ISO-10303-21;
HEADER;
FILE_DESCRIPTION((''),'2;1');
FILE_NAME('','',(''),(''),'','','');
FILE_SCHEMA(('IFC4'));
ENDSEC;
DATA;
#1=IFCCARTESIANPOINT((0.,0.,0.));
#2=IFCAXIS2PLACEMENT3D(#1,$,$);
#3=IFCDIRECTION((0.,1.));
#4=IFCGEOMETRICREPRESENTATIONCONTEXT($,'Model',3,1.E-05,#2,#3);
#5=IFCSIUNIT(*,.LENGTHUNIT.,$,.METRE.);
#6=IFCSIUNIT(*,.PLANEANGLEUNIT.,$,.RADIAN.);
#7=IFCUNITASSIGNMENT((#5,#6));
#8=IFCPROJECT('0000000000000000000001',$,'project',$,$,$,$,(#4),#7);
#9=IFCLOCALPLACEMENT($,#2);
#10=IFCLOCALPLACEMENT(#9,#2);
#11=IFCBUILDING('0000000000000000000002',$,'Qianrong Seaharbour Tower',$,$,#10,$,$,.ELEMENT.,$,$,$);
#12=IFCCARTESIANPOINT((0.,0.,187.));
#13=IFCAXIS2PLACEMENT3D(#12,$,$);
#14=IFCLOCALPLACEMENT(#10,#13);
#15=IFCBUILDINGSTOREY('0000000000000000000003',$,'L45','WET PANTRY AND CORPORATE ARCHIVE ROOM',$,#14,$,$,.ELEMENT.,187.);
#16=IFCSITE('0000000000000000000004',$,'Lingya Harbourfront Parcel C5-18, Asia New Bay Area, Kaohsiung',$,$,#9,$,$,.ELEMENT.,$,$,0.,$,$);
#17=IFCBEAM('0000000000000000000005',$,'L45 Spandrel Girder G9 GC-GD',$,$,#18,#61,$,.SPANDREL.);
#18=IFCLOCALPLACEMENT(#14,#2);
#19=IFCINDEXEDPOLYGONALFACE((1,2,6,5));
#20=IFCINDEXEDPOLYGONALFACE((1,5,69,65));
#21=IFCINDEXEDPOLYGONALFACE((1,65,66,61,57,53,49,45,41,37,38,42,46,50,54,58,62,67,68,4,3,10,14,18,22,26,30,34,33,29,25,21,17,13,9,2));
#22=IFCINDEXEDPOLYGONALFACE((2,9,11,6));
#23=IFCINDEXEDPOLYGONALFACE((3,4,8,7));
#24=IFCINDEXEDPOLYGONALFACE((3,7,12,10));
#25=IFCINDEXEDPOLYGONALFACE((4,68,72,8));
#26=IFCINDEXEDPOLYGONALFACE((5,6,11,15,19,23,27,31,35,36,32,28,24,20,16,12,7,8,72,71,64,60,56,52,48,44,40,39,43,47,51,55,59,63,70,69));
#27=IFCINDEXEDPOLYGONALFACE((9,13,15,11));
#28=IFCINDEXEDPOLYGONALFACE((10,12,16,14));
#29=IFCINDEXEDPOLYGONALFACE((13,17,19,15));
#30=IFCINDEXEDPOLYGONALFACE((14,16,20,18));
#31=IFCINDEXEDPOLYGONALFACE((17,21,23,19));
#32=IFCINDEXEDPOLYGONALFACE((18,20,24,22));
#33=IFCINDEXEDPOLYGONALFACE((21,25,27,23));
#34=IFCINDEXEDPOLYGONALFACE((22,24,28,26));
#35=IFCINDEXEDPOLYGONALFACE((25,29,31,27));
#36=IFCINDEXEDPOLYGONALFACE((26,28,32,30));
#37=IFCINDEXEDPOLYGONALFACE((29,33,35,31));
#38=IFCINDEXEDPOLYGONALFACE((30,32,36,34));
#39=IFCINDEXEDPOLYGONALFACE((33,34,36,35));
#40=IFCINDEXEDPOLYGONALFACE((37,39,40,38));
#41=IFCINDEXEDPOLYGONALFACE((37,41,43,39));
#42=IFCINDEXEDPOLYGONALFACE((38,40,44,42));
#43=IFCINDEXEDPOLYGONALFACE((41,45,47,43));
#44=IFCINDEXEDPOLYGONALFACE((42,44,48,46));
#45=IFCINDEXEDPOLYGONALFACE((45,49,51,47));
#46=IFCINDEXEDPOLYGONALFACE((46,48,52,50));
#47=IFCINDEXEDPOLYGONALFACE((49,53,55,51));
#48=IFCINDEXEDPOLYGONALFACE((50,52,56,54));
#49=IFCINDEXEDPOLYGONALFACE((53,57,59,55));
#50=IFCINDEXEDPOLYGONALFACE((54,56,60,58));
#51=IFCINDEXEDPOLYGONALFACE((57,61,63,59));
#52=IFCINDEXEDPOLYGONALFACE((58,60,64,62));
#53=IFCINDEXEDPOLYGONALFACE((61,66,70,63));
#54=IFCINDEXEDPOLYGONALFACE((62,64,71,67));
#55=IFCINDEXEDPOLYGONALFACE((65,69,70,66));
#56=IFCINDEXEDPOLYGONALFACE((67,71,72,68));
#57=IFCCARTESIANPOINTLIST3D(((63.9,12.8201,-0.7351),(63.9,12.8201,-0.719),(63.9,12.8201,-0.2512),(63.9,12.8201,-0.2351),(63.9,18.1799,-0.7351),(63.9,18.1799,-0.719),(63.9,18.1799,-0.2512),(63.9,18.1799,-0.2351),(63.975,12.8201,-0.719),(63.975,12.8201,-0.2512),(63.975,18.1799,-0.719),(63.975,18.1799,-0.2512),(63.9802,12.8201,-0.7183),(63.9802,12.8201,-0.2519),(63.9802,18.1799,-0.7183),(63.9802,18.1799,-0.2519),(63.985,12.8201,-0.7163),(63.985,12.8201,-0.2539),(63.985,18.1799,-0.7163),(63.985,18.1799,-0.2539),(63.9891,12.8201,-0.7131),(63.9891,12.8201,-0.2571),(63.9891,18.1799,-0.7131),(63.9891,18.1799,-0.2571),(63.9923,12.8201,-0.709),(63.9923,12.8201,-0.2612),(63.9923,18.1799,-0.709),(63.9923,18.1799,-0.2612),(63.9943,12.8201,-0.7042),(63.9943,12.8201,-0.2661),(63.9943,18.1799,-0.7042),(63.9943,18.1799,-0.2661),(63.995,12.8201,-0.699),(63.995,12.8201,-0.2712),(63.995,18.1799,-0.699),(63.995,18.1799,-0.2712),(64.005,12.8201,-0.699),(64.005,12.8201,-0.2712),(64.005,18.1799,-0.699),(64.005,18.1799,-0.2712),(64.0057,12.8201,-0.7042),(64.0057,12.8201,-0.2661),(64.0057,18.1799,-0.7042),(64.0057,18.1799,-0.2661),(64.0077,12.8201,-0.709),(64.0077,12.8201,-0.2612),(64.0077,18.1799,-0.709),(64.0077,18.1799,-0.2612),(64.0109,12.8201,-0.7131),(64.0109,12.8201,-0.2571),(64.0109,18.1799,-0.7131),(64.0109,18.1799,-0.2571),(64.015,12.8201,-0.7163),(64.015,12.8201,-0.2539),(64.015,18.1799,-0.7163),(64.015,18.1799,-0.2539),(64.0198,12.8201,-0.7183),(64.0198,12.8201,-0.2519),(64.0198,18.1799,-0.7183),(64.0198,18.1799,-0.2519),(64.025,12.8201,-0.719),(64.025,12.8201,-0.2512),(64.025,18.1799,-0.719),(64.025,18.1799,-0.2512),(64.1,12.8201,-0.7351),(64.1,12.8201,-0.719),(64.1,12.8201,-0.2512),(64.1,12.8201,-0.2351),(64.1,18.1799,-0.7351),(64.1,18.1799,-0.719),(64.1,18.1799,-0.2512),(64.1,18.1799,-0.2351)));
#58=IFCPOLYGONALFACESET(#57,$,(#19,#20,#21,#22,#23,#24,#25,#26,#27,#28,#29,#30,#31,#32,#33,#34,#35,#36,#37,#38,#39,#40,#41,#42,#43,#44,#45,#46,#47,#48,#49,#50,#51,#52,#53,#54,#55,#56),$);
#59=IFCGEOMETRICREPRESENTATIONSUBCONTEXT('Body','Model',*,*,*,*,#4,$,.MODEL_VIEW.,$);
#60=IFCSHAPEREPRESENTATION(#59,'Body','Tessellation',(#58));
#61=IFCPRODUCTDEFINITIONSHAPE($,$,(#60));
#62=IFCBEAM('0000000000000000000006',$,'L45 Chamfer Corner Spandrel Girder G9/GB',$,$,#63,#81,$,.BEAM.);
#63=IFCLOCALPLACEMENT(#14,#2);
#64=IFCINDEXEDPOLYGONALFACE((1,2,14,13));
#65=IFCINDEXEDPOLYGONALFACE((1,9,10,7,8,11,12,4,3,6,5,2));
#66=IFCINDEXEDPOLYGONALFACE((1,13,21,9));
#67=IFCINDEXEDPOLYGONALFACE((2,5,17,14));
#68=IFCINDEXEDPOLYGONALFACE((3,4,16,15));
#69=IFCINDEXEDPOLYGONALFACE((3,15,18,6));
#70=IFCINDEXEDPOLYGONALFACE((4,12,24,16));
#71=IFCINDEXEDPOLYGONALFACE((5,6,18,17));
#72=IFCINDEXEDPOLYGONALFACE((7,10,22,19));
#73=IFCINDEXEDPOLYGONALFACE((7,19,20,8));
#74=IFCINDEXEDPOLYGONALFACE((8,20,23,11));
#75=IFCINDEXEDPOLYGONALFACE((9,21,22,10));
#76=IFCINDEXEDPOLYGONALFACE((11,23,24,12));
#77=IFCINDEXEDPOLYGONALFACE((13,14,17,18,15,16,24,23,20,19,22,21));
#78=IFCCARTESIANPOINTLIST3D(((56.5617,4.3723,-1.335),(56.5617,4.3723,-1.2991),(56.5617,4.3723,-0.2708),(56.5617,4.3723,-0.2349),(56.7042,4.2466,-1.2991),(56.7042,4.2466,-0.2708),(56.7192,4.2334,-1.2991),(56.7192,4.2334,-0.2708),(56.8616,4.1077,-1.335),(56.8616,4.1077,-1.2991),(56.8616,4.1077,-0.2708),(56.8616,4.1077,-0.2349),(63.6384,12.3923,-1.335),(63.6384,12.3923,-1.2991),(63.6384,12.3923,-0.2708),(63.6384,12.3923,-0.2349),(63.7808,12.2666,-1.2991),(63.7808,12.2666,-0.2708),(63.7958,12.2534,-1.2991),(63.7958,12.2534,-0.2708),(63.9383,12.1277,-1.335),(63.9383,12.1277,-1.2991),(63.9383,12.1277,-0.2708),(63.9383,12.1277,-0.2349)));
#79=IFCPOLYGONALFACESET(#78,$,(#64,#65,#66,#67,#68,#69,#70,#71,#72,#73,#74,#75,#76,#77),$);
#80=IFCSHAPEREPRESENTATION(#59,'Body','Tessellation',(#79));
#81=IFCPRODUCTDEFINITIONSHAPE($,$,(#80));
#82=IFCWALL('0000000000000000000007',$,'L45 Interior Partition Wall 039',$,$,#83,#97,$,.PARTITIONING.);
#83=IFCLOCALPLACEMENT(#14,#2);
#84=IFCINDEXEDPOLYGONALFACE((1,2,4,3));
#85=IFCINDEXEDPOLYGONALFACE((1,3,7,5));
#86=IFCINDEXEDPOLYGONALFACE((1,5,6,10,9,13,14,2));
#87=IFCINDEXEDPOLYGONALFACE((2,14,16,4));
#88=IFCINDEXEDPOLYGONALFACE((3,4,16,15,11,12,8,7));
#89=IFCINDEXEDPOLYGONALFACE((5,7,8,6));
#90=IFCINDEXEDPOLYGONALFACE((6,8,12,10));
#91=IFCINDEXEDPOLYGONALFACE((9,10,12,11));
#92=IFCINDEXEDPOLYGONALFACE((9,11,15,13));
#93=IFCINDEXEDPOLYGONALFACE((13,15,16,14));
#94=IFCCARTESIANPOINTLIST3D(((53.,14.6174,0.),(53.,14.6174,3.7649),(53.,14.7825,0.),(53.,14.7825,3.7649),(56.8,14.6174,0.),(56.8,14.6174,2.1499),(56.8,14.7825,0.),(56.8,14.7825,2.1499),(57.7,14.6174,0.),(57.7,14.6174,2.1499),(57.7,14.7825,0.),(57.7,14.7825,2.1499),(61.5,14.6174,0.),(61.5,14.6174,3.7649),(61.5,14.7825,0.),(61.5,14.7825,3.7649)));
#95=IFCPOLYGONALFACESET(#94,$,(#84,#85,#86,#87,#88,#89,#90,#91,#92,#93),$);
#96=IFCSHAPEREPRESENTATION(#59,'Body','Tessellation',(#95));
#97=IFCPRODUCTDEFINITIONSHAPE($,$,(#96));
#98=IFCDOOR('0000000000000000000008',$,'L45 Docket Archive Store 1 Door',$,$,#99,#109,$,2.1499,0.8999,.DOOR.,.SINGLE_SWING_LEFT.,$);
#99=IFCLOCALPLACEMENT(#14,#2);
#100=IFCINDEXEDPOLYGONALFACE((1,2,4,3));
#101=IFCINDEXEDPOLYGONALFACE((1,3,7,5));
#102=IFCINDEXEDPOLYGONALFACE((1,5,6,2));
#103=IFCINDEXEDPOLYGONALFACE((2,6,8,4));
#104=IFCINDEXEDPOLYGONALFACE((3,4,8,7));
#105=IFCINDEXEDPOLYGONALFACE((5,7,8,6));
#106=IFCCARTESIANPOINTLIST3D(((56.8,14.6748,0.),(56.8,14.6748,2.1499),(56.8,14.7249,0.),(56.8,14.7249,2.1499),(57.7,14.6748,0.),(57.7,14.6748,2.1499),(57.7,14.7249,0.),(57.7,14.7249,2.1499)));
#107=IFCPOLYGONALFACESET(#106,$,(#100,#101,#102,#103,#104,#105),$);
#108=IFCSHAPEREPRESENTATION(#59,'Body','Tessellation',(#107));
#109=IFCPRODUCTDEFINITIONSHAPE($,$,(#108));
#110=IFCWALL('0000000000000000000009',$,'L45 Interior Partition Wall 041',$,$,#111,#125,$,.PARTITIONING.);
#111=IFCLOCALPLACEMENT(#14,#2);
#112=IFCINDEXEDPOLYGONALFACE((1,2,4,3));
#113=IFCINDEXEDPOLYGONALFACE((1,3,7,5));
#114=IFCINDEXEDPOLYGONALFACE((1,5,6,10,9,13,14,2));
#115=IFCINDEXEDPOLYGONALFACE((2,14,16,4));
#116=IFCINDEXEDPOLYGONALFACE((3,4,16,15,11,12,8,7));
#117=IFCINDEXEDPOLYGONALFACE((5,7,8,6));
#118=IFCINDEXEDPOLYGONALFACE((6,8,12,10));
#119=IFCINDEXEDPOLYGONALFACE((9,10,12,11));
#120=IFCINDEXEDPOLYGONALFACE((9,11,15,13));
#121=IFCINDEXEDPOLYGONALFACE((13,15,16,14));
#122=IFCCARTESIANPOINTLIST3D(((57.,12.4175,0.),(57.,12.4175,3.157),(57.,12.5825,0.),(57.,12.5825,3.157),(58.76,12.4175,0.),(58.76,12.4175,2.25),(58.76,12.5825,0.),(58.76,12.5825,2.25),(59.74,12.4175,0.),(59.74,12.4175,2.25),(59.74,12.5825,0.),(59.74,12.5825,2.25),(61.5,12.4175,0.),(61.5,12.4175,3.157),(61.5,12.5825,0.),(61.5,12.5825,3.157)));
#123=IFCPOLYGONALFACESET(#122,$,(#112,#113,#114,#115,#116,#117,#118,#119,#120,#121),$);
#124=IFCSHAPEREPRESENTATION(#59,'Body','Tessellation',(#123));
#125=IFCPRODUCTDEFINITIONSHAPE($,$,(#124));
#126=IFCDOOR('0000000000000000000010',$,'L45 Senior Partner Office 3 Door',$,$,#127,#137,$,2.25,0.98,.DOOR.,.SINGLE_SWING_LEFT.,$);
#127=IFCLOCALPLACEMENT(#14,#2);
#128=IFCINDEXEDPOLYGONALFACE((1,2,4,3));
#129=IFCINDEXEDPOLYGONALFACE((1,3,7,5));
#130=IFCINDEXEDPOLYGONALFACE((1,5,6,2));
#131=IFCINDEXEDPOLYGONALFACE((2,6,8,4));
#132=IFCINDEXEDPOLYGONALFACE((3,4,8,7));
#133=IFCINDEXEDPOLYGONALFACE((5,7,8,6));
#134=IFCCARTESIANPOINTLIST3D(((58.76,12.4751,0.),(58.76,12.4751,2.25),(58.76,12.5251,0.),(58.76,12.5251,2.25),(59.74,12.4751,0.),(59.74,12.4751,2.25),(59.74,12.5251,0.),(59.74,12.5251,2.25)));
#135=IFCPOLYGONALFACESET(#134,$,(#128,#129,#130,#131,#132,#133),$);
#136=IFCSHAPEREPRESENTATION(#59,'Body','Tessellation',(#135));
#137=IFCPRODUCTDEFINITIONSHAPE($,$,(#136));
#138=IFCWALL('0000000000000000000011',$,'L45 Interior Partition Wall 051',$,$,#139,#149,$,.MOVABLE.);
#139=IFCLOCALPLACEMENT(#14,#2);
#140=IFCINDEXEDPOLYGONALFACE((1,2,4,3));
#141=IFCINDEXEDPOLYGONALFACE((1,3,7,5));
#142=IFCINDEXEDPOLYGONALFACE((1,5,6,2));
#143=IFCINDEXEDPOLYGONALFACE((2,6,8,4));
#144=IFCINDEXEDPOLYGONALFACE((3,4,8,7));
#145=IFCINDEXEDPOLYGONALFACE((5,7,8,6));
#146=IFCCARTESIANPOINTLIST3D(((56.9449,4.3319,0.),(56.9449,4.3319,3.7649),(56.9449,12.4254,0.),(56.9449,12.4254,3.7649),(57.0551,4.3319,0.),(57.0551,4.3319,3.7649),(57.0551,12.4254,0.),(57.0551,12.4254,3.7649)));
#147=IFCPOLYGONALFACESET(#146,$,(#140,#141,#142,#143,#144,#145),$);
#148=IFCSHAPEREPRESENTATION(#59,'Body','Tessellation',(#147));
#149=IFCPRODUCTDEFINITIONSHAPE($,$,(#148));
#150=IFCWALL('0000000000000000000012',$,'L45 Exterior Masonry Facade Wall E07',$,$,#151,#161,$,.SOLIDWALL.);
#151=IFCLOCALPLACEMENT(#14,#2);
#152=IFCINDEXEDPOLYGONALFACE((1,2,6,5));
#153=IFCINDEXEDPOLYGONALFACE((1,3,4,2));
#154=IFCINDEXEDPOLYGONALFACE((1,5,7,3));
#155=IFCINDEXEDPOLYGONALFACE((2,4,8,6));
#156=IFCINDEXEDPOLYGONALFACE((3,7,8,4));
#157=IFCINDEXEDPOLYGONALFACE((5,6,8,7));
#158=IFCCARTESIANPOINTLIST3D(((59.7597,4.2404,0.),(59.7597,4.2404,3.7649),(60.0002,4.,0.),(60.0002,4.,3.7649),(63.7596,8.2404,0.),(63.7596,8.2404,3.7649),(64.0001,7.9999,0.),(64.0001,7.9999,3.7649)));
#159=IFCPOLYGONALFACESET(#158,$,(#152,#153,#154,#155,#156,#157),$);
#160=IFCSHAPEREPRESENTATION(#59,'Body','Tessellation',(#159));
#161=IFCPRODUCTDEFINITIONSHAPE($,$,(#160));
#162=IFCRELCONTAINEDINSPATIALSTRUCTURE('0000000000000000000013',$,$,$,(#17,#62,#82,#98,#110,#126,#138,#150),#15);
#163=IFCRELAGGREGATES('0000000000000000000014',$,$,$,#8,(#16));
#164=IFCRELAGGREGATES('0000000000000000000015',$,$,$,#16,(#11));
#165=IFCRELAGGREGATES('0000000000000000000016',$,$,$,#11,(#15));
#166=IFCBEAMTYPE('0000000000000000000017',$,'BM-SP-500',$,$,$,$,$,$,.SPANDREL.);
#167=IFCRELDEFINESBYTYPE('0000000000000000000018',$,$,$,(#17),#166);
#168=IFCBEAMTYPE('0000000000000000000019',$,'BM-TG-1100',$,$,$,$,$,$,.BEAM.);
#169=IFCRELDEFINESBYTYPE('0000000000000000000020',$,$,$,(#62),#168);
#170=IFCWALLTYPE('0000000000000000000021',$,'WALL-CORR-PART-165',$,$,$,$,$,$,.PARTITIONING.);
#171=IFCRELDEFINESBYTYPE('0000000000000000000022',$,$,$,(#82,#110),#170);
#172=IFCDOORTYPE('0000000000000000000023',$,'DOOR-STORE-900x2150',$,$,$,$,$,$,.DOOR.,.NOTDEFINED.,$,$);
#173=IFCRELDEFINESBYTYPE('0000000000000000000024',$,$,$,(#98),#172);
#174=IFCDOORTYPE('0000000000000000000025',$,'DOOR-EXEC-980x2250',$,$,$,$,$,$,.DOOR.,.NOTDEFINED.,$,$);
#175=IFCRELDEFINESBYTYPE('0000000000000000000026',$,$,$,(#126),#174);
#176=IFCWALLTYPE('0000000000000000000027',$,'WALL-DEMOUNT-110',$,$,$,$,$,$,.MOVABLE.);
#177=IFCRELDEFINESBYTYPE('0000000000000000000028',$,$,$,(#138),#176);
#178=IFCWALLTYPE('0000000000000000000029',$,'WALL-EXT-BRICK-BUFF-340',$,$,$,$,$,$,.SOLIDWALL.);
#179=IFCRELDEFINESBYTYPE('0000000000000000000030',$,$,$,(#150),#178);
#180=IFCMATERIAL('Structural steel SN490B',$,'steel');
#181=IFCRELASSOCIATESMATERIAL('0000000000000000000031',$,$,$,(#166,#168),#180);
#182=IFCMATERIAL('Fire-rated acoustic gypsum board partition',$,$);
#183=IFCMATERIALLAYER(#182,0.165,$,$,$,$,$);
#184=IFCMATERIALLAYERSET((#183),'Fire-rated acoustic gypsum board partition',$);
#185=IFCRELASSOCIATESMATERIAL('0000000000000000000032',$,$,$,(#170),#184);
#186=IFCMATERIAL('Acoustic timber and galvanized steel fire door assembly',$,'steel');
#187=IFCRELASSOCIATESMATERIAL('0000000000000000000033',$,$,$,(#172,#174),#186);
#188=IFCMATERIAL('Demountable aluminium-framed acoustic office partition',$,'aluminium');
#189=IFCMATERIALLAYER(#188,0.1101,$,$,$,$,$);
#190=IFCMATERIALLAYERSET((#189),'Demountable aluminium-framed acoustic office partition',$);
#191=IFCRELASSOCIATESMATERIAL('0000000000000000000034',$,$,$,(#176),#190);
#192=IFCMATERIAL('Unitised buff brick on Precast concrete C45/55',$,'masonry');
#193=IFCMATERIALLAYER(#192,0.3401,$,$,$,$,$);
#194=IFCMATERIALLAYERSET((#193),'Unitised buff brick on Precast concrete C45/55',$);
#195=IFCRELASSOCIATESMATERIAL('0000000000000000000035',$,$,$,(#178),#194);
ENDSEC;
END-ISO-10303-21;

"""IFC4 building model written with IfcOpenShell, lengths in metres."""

from ifc_helpers import new_model, si_unit, direction, frame, frame_2d, origin, origin_2d, place, context, subcontext, project, spatial, rectangle, i_section, extrude, material, layer, layer_set, material_profile, profile_set, type_object, element, fill, save


model = new_model("IFC4")

# Units and contexts
model_context = context("Model", 3, precision=1e-05, world=origin(), true_north=direction((0.0, 1.0)))
body_context = subcontext(model_context, "Body", "Model", "MODEL_VIEW")
ifc_project = project(units=[si_unit("LENGTHUNIT", "METRE"), si_unit("PLANEANGLEUNIT", "RADIAN")], contexts=[model_context])

# Site, building, storey
site_placement = place(None, origin())
site = spatial("IfcSite", under=ifc_project, at=site_placement, Name="Lingya Harbourfront Parcel C5-18, Asia New Bay Area, Kaohsiung", CompositionType="ELEMENT", RefElevation=0.0)
building_placement = place(site_placement, origin())
building = spatial("IfcBuilding", under=site, at=building_placement, Name="Qianrong Seaharbour Tower", CompositionType="ELEMENT")
storey_placement = place(building_placement, frame((0.0, 0.0, 187.0)))
storey = spatial("IfcBuildingStorey", under=building, at=storey_placement, Name="L45", Description="WET PANTRY AND CORPORATE ARCHIVE ROOM", CompositionType="ELEMENT", Elevation=187.0)

# Shared definitions
ifc_material_1 = material(Name="Structural steel SN490B", Category="steel")

# Beams
ifc_material_profile_1 = material_profile(ifc_material_1, i_section(OverallWidth=0.2, OverallDepth=0.5, WebThickness=0.01, FlangeThickness=0.0161, FilletRadius=0.02, at=origin_2d()), Name="H500x200x10x16")
ifc_profile_set_1 = profile_set([ifc_material_profile_1], Name="Structural steel SN490B")
beam_type_1 = type_object("IfcBeamType", Name="BM-SP-500", PredefinedType="SPANDREL", material=ifc_profile_set_1)
beam_1_placement = place(storey_placement, frame((64.0, 12.8201, -0.4851), z_axis=(0.0, 1.0, 0.0), x_axis=(-1.0, 0.0, 0.0)))
element("IfcBeam", 1, at=beam_1_placement, inside=storey, type_object=beam_type_1, Name="L45 Spandrel Girder G9 GC-GD", PredefinedType="SPANDREL", context=body_context, shape_type="SweptSolid", body=[
    extrude(i_section(OverallWidth=0.2, OverallDepth=0.5, WebThickness=0.01, FlangeThickness=0.0161, FilletRadius=0.02, at=origin_2d()), origin(), (0.0, 0.0, 1.0), 5.3599),
])
ifc_material_profile_2 = material_profile(ifc_material_1, i_section(OverallWidth=0.3999, OverallDepth=1.1001, WebThickness=0.02, FlangeThickness=0.0359, at=origin_2d()), Name="BH1100x400x20x36")
ifc_profile_set_2 = profile_set([ifc_material_profile_2], Name="Structural steel SN490B")
beam_type_2 = type_object("IfcBeamType", Name="BM-TG-1100", PredefinedType="BEAM", material=ifc_profile_set_2)
beam_2_placement = place(storey_placement, frame((56.7117, 4.24, -0.7849), z_axis=(0.661631, 0.74983, 0.0), x_axis=(-0.74983, 0.661631, 0.0)))
element("IfcBeam", 2, at=beam_2_placement, inside=storey, type_object=beam_type_2, Name="L45 Chamfer Corner Spandrel Girder G9/GB", PredefinedType="BEAM", context=body_context, shape_type="SweptSolid", body=[
    extrude(i_section(OverallWidth=0.3999, OverallDepth=1.1001, WebThickness=0.02, FlangeThickness=0.0359, at=origin_2d()), origin(), (0.0, 0.0, 1.0), 10.6958),
])

# Walls, openings, doors
ifc_material_2 = material(Name="Fire-rated acoustic gypsum board partition")
ifc_layer_1 = layer(ifc_material_2, 0.165)
ifc_layer_set_1 = layer_set([ifc_layer_1], Name="Fire-rated acoustic gypsum board partition")
wall_type_1 = type_object("IfcWallType", Name="WALL-CORR-PART-165", PredefinedType="PARTITIONING", material=ifc_layer_set_1)
wall_1_placement = place(storey_placement, frame((53.0, 14.7, 0.0), z_axis=(0.0, 0.0, 1.0), x_axis=(1.0, 0.0, 0.0)))
wall_1 = element("IfcWall", 3, at=wall_1_placement, inside=storey, type_object=wall_type_1, Name="L45 Interior Partition Wall 039", PredefinedType="PARTITIONING", context=body_context, shape_type="SweptSolid", body=[
    extrude(rectangle(XDim=8.5, YDim=0.165, at=frame_2d((4.25, 0.0))), origin(), (0.0, 0.0, 1.0), 3.7649),
])
opening_1_placement = place(wall_1_placement, frame((3.8, 0.0, 0.0)))
opening_1 = element("IfcOpeningElement", 4, at=opening_1_placement, cuts=wall_1, PredefinedType="OPENING", context=body_context, shape_type="SweptSolid", body=[
    extrude(rectangle(XDim=0.8999, YDim=2.1499, at=frame_2d((0.45, 1.075))), frame((0.0, 0.0925, 0.0), z_axis=(0.0, -1.0, 0.0), x_axis=(1.0, 0.0, 0.0)), (0.0, 0.0, 1.0), 0.1851),
])
ifc_material_3 = material(Name="Acoustic timber and galvanized steel fire door assembly", Category="steel")
door_type_1 = type_object("IfcDoorType", Name="DOOR-STORE-900x2150", OperationType="NOTDEFINED", PredefinedType="DOOR", material=ifc_material_3)
door_1_placement = place(opening_1_placement, origin())
door_1 = element("IfcDoor", 5, at=door_1_placement, inside=storey, type_object=door_type_1, Name="L45 Docket Archive Store 1 Door", OperationType="SINGLE_SWING_LEFT", OverallHeight=2.1499, OverallWidth=0.8999, PredefinedType="DOOR", context=body_context, shape_type="SweptSolid", body=[
    extrude(rectangle(XDim=0.8999, YDim=2.1499, at=frame_2d((0.45, 1.075))), frame((0.0, 0.0249, 0.0), z_axis=(0.0, -1.0, 0.0), x_axis=(1.0, 0.0, 0.0)), (0.0, 0.0, 1.0), 0.05),
])
fill(opening_1, door_1)
wall_2_placement = place(storey_placement, frame((61.5, 12.5, 0.0), z_axis=(0.0, 0.0, 1.0), x_axis=(-1.0, 0.0, 0.0)))
wall_2 = element("IfcWall", 6, at=wall_2_placement, inside=storey, type_object=wall_type_1, Name="L45 Interior Partition Wall 041", PredefinedType="PARTITIONING", context=body_context, shape_type="SweptSolid", body=[
    extrude(rectangle(XDim=4.5, YDim=0.165, at=frame_2d((2.25, 0.0))), origin(), (0.0, 0.0, 1.0), 3.157),
])
opening_2_placement = place(wall_2_placement, frame((1.76, 0.0, 0.0)))
opening_2 = element("IfcOpeningElement", 7, at=opening_2_placement, cuts=wall_2, PredefinedType="OPENING", context=body_context, shape_type="SweptSolid", body=[
    extrude(rectangle(XDim=0.98, YDim=2.25, at=frame_2d((0.49, 1.125))), frame((0.0, 0.0925, 0.0), z_axis=(0.0, -1.0, 0.0), x_axis=(1.0, 0.0, 0.0)), (0.0, 0.0, 1.0), 0.1851),
])
door_type_2 = type_object("IfcDoorType", Name="DOOR-EXEC-980x2250", OperationType="NOTDEFINED", PredefinedType="DOOR", material=ifc_material_3)
door_2_placement = place(opening_2_placement, origin())
door_2 = element("IfcDoor", 8, at=door_2_placement, inside=storey, type_object=door_type_2, Name="L45 Senior Partner Office 3 Door", OperationType="SINGLE_SWING_LEFT", OverallHeight=2.25, OverallWidth=0.98, PredefinedType="DOOR", context=body_context, shape_type="SweptSolid", body=[
    extrude(rectangle(XDim=0.98, YDim=2.25, at=frame_2d((0.49, 1.125))), frame((0.0, 0.0249, 0.0), z_axis=(0.0, -1.0, 0.0), x_axis=(1.0, 0.0, 0.0)), (0.0, 0.0, 1.0), 0.05),
])
fill(opening_2, door_2)

# Walls
ifc_material_4 = material(Name="Demountable aluminium-framed acoustic office partition", Category="aluminium")
ifc_layer_2 = layer(ifc_material_4, 0.1101)
ifc_layer_set_2 = layer_set([ifc_layer_2], Name="Demountable aluminium-framed acoustic office partition")
wall_type_2 = type_object("IfcWallType", Name="WALL-DEMOUNT-110", PredefinedType="MOVABLE", material=ifc_layer_set_2)
wall_3_placement = place(storey_placement, frame((57.0, 12.4255, 0.0), z_axis=(0.0, 0.0, 1.0), x_axis=(0.0, -1.0, 0.0)))
element("IfcWall", 9, at=wall_3_placement, inside=storey, type_object=wall_type_2, Name="L45 Interior Partition Wall 051", PredefinedType="MOVABLE", context=body_context, shape_type="SweptSolid", body=[
    extrude(rectangle(XDim=8.0935, YDim=0.1101, at=frame_2d((4.0469, 0.0))), origin(), (0.0, 0.0, 1.0), 3.7649),
])
ifc_material_5 = material(Name="Unitised buff brick on Precast concrete C45/55", Category="masonry")
ifc_layer_3 = layer(ifc_material_5, 0.3401)
ifc_layer_set_3 = layer_set([ifc_layer_3], Name="Unitised buff brick on Precast concrete C45/55")
wall_type_3 = type_object("IfcWallType", Name="WALL-EXT-BRICK-BUFF-340", PredefinedType="SOLIDWALL", material=ifc_layer_set_3)
wall_4_placement = place(storey_placement, frame((63.8799, 8.1201, 0.0), z_axis=(0.0, 0.0, 1.0), x_axis=(-0.707107, -0.707107, 0.0)))
element("IfcWall", 10, at=wall_4_placement, inside=storey, type_object=wall_type_3, Name="L45 Exterior Masonry Facade Wall E07", PredefinedType="SOLIDWALL", context=body_context, shape_type="SweptSolid", body=[
    extrude(rectangle(XDim=5.6567, YDim=0.3401, at=frame_2d((2.8284, 0.0))), origin(), (0.0, 0.0, 1.0), 3.7649),
])

save(model, "model.ifc")
